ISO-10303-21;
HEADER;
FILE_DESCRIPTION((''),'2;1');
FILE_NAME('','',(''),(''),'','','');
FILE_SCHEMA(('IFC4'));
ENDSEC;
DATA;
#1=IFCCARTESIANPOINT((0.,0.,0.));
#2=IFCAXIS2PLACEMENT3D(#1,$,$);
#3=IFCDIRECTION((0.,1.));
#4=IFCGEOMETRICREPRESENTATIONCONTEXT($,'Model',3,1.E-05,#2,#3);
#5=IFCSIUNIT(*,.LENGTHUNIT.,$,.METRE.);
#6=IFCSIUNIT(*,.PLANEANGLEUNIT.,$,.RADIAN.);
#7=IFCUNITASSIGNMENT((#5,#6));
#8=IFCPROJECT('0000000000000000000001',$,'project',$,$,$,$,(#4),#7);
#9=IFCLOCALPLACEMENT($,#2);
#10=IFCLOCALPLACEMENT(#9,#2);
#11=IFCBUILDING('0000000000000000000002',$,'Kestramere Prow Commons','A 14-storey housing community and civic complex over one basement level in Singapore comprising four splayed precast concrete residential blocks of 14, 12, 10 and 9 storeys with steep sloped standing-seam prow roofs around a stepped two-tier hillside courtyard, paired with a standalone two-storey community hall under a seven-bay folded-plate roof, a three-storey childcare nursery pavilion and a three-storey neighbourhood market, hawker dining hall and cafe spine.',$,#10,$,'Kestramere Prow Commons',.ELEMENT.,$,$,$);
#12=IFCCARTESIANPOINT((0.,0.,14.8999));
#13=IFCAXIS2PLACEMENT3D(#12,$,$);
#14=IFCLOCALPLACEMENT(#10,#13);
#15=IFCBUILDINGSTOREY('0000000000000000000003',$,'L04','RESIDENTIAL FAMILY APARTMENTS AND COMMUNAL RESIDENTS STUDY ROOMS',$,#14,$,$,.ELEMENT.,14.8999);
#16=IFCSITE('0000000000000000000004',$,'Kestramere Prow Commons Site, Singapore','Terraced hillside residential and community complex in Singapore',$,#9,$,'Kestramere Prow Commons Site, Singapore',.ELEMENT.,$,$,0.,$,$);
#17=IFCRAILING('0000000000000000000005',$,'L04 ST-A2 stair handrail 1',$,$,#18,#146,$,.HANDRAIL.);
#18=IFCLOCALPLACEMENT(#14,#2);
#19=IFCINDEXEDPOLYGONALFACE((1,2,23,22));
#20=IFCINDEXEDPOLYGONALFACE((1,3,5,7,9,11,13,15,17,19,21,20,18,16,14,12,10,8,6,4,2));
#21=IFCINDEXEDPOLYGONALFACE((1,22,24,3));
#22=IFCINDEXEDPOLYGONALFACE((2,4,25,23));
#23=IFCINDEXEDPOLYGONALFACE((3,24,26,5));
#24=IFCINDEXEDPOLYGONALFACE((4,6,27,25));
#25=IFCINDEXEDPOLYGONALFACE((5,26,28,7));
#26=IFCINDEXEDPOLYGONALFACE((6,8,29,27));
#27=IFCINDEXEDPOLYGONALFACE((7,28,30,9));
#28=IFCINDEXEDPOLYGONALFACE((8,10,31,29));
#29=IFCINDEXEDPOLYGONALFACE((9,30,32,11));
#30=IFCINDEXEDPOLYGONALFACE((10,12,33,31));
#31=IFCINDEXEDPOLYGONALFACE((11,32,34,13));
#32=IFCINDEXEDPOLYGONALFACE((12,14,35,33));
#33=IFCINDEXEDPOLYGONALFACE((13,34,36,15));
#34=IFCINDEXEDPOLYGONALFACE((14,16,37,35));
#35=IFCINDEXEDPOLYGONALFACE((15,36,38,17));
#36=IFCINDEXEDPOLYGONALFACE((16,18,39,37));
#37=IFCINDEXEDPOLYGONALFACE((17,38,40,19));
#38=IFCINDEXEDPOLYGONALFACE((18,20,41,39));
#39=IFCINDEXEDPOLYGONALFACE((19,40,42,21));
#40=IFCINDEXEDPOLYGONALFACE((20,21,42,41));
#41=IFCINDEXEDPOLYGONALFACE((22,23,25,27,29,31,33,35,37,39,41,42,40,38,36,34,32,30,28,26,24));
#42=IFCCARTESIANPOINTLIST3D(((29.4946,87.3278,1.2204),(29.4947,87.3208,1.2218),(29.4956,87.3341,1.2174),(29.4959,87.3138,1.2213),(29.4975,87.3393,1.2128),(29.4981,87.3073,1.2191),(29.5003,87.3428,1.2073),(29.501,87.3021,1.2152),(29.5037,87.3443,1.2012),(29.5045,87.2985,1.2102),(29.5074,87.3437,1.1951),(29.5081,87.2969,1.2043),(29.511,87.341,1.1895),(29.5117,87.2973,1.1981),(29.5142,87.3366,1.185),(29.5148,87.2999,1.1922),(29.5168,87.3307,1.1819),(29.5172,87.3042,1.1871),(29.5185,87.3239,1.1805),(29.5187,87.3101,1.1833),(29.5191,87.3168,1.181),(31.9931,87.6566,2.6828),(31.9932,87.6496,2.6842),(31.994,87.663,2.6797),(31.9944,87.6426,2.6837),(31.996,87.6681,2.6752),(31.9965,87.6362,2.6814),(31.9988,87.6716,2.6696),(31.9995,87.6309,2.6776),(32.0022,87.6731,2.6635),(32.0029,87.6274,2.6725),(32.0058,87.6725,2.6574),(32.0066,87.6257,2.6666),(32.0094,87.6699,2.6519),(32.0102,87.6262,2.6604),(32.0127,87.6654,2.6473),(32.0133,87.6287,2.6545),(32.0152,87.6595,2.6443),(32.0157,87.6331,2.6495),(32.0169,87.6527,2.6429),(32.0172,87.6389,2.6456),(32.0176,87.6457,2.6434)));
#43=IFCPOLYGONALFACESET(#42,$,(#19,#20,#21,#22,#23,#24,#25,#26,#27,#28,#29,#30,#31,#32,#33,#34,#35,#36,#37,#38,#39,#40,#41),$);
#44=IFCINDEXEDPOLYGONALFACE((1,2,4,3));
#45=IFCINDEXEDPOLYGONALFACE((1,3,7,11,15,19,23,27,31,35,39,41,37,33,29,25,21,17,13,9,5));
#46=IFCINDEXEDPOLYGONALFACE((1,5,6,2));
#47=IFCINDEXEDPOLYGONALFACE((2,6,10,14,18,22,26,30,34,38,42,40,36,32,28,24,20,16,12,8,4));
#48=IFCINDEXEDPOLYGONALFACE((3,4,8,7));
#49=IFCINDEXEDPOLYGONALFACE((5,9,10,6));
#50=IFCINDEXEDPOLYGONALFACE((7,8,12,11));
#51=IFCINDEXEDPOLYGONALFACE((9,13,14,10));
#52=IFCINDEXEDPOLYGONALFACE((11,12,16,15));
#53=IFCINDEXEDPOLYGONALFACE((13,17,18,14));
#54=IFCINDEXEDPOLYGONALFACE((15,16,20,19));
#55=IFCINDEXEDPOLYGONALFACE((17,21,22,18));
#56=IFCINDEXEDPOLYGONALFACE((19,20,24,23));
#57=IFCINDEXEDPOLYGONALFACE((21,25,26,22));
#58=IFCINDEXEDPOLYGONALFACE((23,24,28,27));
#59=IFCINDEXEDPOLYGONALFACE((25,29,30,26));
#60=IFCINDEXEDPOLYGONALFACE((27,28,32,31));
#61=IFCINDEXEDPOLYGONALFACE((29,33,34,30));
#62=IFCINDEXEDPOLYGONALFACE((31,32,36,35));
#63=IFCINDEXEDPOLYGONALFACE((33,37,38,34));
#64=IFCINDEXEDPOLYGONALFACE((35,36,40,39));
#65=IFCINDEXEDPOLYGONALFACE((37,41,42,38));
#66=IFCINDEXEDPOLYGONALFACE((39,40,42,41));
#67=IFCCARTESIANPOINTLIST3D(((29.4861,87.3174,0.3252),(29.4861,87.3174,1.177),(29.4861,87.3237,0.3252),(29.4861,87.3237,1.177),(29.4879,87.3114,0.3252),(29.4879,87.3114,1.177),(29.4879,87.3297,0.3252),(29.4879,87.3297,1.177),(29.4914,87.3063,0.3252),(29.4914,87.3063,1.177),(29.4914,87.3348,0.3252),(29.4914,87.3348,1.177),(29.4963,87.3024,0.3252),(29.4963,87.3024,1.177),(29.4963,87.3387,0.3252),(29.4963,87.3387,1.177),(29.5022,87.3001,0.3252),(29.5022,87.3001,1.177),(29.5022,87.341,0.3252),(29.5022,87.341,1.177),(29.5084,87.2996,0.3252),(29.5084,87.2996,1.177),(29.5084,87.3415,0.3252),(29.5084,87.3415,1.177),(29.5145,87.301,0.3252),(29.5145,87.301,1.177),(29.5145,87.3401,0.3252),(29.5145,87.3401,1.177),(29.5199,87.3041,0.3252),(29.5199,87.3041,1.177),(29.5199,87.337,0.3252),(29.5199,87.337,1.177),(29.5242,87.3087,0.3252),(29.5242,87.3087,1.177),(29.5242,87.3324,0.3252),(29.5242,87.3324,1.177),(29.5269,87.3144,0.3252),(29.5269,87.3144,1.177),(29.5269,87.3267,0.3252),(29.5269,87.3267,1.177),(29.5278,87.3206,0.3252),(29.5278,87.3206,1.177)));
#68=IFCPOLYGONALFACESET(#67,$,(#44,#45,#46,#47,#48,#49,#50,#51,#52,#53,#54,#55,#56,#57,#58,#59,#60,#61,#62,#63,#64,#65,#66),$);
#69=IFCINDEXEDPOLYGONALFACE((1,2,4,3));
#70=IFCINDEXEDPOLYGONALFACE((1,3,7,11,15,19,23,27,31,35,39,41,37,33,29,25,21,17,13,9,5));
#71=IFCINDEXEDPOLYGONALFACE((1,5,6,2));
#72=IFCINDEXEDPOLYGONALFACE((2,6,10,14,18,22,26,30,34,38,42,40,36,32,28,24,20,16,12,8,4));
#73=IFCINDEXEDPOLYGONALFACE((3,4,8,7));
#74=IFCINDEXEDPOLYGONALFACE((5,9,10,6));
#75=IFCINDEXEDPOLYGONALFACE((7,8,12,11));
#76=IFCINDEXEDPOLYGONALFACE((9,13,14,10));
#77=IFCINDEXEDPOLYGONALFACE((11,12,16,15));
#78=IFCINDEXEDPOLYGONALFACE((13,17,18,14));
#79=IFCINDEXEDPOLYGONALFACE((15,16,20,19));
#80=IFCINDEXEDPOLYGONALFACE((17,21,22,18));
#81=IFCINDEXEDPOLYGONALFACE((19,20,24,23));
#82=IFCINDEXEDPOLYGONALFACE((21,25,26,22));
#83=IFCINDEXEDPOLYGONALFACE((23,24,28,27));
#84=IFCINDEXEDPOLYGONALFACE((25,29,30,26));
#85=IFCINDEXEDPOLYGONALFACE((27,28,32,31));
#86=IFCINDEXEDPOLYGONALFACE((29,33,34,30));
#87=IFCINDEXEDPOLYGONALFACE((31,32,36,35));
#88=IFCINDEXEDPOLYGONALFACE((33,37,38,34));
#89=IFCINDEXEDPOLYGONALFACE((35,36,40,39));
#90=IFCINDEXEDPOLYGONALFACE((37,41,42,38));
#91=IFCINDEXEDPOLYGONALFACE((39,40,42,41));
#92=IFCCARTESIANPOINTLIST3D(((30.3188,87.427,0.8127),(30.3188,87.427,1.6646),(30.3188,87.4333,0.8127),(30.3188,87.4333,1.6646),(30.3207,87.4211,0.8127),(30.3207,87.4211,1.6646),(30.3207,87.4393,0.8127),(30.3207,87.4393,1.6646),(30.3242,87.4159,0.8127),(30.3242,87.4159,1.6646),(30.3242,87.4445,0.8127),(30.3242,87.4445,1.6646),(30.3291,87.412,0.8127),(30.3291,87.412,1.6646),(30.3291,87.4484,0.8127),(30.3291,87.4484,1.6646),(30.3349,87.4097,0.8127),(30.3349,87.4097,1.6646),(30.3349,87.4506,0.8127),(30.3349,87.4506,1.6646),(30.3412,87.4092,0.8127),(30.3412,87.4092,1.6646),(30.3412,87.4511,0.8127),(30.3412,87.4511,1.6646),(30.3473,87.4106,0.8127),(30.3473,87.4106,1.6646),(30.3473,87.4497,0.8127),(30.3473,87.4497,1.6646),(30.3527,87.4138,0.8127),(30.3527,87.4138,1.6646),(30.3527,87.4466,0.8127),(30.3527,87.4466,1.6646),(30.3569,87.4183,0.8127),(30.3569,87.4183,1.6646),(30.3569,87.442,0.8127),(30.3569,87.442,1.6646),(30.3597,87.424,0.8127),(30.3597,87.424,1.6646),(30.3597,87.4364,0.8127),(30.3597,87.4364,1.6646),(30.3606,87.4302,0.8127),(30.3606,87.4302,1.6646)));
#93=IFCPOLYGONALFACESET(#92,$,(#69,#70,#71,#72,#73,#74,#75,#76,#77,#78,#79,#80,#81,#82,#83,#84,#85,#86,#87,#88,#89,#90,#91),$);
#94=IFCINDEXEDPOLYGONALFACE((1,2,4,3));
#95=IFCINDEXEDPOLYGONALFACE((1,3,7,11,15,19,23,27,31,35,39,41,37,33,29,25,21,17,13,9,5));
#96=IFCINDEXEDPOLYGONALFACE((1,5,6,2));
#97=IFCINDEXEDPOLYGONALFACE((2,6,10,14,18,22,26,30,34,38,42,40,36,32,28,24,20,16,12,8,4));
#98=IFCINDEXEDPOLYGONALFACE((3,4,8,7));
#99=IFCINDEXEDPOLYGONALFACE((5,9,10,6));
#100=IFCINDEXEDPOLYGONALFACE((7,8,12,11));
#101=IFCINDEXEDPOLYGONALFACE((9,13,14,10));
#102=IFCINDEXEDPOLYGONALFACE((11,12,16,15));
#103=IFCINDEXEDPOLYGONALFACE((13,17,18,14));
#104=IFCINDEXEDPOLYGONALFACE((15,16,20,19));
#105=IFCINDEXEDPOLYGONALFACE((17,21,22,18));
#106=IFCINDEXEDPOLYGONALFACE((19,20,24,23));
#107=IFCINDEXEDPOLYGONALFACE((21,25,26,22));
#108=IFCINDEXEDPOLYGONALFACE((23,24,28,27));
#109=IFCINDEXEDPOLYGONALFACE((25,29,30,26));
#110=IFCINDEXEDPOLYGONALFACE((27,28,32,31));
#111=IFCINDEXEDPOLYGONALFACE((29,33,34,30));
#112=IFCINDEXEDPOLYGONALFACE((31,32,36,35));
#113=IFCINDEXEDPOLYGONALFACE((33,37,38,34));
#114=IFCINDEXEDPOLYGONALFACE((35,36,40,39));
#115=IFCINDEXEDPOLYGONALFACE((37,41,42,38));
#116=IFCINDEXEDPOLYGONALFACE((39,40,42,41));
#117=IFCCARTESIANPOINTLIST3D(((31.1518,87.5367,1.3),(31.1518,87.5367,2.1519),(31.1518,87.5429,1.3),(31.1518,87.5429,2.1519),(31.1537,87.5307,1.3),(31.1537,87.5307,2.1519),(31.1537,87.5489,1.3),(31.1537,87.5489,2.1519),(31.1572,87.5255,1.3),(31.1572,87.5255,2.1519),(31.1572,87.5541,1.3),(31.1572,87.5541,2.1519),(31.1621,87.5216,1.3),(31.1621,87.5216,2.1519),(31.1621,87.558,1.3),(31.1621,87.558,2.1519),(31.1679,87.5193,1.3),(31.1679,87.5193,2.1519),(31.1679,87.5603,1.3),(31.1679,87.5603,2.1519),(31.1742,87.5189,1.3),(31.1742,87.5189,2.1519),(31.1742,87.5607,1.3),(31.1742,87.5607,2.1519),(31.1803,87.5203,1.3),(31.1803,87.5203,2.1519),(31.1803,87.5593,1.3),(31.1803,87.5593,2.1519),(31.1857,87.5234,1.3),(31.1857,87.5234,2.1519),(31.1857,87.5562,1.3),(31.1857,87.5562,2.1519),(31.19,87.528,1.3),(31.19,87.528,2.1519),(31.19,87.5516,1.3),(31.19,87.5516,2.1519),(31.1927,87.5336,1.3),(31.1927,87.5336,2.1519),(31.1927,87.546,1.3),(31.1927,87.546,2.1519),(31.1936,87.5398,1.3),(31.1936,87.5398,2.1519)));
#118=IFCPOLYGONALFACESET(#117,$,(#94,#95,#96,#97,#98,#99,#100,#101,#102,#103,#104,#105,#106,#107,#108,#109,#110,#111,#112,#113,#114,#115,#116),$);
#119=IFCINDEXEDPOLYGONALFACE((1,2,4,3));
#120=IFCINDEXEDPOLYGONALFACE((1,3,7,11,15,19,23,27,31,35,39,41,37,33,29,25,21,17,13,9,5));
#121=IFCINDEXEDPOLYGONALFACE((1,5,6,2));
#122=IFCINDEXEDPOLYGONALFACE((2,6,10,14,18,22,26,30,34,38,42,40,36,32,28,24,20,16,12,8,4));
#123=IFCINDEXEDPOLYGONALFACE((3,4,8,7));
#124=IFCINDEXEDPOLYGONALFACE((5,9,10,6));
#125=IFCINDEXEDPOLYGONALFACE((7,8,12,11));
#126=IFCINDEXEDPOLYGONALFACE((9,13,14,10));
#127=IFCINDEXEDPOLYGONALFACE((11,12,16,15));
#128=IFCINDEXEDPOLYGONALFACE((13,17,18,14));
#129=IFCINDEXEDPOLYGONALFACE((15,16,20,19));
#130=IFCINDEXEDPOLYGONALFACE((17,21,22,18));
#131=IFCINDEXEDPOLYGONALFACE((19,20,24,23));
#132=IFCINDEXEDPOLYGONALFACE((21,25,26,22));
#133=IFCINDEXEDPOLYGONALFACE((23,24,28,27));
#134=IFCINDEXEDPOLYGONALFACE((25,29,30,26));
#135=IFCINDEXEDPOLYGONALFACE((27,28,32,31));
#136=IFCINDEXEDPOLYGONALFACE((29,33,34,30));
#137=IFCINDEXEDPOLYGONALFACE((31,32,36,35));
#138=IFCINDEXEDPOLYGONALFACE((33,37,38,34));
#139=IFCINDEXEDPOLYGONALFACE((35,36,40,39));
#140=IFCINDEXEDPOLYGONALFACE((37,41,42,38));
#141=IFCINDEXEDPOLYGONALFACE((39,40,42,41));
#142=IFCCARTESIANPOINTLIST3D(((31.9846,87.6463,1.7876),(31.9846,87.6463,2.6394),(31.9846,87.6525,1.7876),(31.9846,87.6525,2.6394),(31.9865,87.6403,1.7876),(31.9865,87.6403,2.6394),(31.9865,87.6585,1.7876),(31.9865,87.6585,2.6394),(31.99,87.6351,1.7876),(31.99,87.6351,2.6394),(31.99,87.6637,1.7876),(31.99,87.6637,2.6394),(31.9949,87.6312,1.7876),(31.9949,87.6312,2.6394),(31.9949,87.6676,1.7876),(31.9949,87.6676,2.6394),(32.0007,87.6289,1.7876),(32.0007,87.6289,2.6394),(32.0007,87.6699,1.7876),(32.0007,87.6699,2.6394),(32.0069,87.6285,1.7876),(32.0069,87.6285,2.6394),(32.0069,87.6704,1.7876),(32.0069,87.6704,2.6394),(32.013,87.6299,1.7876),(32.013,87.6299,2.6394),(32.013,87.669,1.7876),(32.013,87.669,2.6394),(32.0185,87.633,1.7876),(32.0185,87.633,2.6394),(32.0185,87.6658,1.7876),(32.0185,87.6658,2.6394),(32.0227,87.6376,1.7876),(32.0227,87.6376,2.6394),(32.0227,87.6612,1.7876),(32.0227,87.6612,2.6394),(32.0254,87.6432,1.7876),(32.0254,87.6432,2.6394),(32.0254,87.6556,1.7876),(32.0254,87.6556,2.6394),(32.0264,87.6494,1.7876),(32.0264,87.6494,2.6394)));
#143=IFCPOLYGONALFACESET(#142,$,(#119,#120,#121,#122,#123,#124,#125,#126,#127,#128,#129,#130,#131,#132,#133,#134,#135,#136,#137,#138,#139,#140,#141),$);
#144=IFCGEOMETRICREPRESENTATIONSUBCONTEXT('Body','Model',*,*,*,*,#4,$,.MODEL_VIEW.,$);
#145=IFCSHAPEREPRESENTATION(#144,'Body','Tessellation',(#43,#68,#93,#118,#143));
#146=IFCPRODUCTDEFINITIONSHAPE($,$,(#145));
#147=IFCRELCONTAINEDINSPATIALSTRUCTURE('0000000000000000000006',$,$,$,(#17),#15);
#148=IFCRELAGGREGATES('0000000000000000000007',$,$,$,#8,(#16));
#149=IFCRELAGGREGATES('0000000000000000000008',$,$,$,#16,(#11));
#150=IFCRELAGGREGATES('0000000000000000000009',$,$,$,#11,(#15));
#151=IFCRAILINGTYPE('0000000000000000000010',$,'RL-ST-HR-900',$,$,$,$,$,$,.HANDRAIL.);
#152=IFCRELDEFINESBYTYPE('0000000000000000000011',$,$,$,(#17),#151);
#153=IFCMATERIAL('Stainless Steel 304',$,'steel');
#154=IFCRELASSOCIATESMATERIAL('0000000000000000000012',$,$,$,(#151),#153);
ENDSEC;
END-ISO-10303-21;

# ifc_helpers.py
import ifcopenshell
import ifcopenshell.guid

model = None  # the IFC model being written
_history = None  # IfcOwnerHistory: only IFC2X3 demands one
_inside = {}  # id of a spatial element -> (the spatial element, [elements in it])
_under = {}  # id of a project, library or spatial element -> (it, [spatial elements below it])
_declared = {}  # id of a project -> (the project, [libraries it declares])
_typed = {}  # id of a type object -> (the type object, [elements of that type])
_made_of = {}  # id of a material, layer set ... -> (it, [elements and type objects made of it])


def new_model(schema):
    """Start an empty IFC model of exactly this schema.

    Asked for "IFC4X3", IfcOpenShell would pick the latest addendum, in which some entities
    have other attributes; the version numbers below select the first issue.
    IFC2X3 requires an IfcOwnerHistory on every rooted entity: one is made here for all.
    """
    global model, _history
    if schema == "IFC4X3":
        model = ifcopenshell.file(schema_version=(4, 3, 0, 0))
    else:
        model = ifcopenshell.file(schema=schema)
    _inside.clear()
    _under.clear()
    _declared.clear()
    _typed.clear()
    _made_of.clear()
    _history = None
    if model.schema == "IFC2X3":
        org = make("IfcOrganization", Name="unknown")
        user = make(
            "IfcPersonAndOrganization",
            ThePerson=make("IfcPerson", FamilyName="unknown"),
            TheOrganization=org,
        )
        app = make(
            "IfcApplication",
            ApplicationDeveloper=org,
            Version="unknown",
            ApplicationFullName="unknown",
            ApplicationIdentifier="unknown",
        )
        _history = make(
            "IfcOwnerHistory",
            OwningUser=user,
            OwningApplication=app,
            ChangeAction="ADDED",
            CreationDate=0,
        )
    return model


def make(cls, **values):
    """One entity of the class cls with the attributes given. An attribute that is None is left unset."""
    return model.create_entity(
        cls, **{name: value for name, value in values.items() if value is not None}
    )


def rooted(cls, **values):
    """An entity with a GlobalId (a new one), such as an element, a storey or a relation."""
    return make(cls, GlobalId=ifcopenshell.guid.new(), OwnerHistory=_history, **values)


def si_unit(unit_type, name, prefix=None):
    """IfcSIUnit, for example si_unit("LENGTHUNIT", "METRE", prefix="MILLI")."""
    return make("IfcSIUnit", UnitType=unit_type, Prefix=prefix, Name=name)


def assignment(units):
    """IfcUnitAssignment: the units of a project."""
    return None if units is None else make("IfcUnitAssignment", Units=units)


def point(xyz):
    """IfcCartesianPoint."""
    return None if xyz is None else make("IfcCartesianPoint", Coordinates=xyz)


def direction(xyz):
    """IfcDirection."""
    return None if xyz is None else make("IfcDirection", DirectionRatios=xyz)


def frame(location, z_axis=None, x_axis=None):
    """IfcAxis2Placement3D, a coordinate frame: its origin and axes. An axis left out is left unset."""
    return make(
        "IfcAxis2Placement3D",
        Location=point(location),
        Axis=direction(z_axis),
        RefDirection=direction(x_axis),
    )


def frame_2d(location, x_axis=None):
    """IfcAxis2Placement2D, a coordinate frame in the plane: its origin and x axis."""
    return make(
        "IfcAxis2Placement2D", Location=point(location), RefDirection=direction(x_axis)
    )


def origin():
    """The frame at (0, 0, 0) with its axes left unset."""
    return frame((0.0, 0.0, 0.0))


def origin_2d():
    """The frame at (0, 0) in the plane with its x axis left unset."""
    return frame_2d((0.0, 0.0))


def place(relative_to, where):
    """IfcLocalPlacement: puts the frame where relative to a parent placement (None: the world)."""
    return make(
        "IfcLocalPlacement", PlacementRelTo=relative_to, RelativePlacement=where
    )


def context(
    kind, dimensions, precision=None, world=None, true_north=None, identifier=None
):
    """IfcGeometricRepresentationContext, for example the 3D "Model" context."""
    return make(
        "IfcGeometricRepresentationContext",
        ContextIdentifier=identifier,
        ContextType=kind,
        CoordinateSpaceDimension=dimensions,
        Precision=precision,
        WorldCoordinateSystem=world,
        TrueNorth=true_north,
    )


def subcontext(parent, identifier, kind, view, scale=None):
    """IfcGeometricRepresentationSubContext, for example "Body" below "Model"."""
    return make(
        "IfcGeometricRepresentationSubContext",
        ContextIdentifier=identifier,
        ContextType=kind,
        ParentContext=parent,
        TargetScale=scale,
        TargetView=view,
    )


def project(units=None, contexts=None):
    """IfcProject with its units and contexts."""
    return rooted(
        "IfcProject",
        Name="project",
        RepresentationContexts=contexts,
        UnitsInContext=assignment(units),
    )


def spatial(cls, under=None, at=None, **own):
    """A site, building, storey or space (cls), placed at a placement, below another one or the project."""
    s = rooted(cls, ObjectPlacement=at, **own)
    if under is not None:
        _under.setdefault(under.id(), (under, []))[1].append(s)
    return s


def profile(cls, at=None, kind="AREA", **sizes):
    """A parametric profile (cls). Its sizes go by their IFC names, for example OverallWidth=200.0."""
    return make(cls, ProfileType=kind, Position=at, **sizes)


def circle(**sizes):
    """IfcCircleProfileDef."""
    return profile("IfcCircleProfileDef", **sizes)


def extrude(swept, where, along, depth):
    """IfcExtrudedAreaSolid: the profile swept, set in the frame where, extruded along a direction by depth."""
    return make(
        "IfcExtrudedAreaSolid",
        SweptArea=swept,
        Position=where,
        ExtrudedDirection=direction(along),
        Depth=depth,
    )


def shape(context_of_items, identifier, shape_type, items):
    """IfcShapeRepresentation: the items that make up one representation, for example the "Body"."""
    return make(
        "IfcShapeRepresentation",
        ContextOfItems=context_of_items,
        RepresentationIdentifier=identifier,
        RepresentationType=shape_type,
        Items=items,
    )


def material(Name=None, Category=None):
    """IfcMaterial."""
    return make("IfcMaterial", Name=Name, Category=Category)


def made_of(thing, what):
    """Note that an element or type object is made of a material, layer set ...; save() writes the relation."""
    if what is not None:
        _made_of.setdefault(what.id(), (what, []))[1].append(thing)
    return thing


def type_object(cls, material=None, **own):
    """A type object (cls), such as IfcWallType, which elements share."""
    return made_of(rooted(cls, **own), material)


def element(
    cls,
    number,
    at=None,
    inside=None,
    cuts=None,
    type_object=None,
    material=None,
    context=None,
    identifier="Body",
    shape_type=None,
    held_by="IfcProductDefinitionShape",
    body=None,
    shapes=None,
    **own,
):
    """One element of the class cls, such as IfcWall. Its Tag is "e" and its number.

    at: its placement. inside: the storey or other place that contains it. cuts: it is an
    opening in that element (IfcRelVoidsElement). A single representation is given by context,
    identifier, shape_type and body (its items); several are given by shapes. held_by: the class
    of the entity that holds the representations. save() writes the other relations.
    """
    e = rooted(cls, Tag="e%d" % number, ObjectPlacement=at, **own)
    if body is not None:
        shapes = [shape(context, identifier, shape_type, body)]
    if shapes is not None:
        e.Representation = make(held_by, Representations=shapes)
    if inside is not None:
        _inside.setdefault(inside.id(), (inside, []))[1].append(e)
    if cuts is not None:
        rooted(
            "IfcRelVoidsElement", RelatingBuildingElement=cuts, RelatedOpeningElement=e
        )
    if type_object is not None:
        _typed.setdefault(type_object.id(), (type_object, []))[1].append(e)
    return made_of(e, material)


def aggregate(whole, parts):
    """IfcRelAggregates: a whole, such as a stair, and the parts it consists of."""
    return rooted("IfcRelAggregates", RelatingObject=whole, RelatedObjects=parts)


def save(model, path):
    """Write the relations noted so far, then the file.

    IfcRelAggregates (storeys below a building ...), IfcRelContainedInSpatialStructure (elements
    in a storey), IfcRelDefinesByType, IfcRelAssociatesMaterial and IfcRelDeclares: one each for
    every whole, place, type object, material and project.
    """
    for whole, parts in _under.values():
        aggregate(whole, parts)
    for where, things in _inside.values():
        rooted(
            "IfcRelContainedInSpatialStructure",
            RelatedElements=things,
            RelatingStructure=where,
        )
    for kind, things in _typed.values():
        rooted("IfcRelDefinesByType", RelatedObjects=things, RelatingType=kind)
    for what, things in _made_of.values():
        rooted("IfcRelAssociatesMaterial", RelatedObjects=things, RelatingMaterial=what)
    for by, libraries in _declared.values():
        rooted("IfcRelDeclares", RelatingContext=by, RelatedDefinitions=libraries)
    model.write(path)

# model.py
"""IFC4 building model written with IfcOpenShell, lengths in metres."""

from ifc_helpers import new_model, si_unit, direction, frame, origin, origin_2d, place, context, subcontext, project, spatial, circle, extrude, material, type_object, element, save


model = new_model("IFC4")

# Units and contexts
model_context = context("Model", 3, precision=1e-05, world=origin(), true_north=direction((0.0, 1.0)))
body_context = subcontext(model_context, "Body", "Model", "MODEL_VIEW")
ifc_project = project(units=[si_unit("LENGTHUNIT", "METRE"), si_unit("PLANEANGLEUNIT", "RADIAN")], contexts=[model_context])

# Site, building, storey
site_placement = place(None, origin())
site = spatial("IfcSite", under=ifc_project, at=site_placement, Name="Kestramere Prow Commons Site, Singapore", Description="Terraced hillside residential and community complex in Singapore", LongName="Kestramere Prow Commons Site, Singapore", CompositionType="ELEMENT", RefElevation=0.0)
building_placement = place(site_placement, origin())
building = spatial("IfcBuilding", under=site, at=building_placement, Name="Kestramere Prow Commons", Description="A 14-storey housing community and civic complex over one basement level in Singapore comprising four splayed precast concrete residential blocks of 14, 12, 10 and 9 storeys with steep sloped standing-seam prow roofs around a stepped two-tier hillside courtyard, paired with a standalone two-storey community hall under a seven-bay folded-plate roof, a three-storey childcare nursery pavilion and a three-storey neighbourhood market, hawker dining hall and cafe spine.", LongName="Kestramere Prow Commons", CompositionType="ELEMENT")
storey_placement = place(building_placement, frame((0.0, 0.0, 14.8999)))
storey = spatial("IfcBuildingStorey", under=building, at=storey_placement, Name="L04", Description="RESIDENTIAL FAMILY APARTMENTS AND COMMUNAL RESIDENTS STUDY ROOMS", CompositionType="ELEMENT", Elevation=14.8999)

# Railing
ifc_material_1 = material(Name="Stainless Steel 304", Category="steel")
railing_type_1 = type_object("IfcRailingType", Name="RL-ST-HR-900", PredefinedType="HANDRAIL", material=ifc_material_1)
railing_1_placement = place(storey_placement, frame((29.5068, 87.3206, 0.3252)))
element("IfcRailing", 1, at=railing_1_placement, inside=storey, type_object=railing_type_1, Name="L04 ST-A2 stair handrail 1", PredefinedType="HANDRAIL", context=body_context, shape_type="SweptSolid", body=[
    extrude(circle(Radius=0.0239, at=origin_2d()), frame((0.0, 0.0, 0.876), z_axis=(0.857523, 0.112867, 0.501912), x_axis=(-0.130495, 0.991449, 0.0)), (0.0, 0.0, 1.0), 2.9136),
    extrude(circle(Radius=0.021, at=origin_2d()), origin(), (0.0, 0.0, 1.0), 0.8518),
    extrude(circle(Radius=0.021, at=origin_2d()), frame((0.8328, 0.1096, 0.4875)), (0.0, 0.0, 1.0), 0.8518),
    extrude(circle(Radius=0.021, at=origin_2d()), frame((1.6658, 0.2192, 0.9749)), (0.0, 0.0, 1.0), 0.8518),
    extrude(circle(Radius=0.021, at=origin_2d()), frame((2.4985, 0.3289, 1.4624)), (0.0, 0.0, 1.0), 0.8518),
])

save(model, "model.ifc")
